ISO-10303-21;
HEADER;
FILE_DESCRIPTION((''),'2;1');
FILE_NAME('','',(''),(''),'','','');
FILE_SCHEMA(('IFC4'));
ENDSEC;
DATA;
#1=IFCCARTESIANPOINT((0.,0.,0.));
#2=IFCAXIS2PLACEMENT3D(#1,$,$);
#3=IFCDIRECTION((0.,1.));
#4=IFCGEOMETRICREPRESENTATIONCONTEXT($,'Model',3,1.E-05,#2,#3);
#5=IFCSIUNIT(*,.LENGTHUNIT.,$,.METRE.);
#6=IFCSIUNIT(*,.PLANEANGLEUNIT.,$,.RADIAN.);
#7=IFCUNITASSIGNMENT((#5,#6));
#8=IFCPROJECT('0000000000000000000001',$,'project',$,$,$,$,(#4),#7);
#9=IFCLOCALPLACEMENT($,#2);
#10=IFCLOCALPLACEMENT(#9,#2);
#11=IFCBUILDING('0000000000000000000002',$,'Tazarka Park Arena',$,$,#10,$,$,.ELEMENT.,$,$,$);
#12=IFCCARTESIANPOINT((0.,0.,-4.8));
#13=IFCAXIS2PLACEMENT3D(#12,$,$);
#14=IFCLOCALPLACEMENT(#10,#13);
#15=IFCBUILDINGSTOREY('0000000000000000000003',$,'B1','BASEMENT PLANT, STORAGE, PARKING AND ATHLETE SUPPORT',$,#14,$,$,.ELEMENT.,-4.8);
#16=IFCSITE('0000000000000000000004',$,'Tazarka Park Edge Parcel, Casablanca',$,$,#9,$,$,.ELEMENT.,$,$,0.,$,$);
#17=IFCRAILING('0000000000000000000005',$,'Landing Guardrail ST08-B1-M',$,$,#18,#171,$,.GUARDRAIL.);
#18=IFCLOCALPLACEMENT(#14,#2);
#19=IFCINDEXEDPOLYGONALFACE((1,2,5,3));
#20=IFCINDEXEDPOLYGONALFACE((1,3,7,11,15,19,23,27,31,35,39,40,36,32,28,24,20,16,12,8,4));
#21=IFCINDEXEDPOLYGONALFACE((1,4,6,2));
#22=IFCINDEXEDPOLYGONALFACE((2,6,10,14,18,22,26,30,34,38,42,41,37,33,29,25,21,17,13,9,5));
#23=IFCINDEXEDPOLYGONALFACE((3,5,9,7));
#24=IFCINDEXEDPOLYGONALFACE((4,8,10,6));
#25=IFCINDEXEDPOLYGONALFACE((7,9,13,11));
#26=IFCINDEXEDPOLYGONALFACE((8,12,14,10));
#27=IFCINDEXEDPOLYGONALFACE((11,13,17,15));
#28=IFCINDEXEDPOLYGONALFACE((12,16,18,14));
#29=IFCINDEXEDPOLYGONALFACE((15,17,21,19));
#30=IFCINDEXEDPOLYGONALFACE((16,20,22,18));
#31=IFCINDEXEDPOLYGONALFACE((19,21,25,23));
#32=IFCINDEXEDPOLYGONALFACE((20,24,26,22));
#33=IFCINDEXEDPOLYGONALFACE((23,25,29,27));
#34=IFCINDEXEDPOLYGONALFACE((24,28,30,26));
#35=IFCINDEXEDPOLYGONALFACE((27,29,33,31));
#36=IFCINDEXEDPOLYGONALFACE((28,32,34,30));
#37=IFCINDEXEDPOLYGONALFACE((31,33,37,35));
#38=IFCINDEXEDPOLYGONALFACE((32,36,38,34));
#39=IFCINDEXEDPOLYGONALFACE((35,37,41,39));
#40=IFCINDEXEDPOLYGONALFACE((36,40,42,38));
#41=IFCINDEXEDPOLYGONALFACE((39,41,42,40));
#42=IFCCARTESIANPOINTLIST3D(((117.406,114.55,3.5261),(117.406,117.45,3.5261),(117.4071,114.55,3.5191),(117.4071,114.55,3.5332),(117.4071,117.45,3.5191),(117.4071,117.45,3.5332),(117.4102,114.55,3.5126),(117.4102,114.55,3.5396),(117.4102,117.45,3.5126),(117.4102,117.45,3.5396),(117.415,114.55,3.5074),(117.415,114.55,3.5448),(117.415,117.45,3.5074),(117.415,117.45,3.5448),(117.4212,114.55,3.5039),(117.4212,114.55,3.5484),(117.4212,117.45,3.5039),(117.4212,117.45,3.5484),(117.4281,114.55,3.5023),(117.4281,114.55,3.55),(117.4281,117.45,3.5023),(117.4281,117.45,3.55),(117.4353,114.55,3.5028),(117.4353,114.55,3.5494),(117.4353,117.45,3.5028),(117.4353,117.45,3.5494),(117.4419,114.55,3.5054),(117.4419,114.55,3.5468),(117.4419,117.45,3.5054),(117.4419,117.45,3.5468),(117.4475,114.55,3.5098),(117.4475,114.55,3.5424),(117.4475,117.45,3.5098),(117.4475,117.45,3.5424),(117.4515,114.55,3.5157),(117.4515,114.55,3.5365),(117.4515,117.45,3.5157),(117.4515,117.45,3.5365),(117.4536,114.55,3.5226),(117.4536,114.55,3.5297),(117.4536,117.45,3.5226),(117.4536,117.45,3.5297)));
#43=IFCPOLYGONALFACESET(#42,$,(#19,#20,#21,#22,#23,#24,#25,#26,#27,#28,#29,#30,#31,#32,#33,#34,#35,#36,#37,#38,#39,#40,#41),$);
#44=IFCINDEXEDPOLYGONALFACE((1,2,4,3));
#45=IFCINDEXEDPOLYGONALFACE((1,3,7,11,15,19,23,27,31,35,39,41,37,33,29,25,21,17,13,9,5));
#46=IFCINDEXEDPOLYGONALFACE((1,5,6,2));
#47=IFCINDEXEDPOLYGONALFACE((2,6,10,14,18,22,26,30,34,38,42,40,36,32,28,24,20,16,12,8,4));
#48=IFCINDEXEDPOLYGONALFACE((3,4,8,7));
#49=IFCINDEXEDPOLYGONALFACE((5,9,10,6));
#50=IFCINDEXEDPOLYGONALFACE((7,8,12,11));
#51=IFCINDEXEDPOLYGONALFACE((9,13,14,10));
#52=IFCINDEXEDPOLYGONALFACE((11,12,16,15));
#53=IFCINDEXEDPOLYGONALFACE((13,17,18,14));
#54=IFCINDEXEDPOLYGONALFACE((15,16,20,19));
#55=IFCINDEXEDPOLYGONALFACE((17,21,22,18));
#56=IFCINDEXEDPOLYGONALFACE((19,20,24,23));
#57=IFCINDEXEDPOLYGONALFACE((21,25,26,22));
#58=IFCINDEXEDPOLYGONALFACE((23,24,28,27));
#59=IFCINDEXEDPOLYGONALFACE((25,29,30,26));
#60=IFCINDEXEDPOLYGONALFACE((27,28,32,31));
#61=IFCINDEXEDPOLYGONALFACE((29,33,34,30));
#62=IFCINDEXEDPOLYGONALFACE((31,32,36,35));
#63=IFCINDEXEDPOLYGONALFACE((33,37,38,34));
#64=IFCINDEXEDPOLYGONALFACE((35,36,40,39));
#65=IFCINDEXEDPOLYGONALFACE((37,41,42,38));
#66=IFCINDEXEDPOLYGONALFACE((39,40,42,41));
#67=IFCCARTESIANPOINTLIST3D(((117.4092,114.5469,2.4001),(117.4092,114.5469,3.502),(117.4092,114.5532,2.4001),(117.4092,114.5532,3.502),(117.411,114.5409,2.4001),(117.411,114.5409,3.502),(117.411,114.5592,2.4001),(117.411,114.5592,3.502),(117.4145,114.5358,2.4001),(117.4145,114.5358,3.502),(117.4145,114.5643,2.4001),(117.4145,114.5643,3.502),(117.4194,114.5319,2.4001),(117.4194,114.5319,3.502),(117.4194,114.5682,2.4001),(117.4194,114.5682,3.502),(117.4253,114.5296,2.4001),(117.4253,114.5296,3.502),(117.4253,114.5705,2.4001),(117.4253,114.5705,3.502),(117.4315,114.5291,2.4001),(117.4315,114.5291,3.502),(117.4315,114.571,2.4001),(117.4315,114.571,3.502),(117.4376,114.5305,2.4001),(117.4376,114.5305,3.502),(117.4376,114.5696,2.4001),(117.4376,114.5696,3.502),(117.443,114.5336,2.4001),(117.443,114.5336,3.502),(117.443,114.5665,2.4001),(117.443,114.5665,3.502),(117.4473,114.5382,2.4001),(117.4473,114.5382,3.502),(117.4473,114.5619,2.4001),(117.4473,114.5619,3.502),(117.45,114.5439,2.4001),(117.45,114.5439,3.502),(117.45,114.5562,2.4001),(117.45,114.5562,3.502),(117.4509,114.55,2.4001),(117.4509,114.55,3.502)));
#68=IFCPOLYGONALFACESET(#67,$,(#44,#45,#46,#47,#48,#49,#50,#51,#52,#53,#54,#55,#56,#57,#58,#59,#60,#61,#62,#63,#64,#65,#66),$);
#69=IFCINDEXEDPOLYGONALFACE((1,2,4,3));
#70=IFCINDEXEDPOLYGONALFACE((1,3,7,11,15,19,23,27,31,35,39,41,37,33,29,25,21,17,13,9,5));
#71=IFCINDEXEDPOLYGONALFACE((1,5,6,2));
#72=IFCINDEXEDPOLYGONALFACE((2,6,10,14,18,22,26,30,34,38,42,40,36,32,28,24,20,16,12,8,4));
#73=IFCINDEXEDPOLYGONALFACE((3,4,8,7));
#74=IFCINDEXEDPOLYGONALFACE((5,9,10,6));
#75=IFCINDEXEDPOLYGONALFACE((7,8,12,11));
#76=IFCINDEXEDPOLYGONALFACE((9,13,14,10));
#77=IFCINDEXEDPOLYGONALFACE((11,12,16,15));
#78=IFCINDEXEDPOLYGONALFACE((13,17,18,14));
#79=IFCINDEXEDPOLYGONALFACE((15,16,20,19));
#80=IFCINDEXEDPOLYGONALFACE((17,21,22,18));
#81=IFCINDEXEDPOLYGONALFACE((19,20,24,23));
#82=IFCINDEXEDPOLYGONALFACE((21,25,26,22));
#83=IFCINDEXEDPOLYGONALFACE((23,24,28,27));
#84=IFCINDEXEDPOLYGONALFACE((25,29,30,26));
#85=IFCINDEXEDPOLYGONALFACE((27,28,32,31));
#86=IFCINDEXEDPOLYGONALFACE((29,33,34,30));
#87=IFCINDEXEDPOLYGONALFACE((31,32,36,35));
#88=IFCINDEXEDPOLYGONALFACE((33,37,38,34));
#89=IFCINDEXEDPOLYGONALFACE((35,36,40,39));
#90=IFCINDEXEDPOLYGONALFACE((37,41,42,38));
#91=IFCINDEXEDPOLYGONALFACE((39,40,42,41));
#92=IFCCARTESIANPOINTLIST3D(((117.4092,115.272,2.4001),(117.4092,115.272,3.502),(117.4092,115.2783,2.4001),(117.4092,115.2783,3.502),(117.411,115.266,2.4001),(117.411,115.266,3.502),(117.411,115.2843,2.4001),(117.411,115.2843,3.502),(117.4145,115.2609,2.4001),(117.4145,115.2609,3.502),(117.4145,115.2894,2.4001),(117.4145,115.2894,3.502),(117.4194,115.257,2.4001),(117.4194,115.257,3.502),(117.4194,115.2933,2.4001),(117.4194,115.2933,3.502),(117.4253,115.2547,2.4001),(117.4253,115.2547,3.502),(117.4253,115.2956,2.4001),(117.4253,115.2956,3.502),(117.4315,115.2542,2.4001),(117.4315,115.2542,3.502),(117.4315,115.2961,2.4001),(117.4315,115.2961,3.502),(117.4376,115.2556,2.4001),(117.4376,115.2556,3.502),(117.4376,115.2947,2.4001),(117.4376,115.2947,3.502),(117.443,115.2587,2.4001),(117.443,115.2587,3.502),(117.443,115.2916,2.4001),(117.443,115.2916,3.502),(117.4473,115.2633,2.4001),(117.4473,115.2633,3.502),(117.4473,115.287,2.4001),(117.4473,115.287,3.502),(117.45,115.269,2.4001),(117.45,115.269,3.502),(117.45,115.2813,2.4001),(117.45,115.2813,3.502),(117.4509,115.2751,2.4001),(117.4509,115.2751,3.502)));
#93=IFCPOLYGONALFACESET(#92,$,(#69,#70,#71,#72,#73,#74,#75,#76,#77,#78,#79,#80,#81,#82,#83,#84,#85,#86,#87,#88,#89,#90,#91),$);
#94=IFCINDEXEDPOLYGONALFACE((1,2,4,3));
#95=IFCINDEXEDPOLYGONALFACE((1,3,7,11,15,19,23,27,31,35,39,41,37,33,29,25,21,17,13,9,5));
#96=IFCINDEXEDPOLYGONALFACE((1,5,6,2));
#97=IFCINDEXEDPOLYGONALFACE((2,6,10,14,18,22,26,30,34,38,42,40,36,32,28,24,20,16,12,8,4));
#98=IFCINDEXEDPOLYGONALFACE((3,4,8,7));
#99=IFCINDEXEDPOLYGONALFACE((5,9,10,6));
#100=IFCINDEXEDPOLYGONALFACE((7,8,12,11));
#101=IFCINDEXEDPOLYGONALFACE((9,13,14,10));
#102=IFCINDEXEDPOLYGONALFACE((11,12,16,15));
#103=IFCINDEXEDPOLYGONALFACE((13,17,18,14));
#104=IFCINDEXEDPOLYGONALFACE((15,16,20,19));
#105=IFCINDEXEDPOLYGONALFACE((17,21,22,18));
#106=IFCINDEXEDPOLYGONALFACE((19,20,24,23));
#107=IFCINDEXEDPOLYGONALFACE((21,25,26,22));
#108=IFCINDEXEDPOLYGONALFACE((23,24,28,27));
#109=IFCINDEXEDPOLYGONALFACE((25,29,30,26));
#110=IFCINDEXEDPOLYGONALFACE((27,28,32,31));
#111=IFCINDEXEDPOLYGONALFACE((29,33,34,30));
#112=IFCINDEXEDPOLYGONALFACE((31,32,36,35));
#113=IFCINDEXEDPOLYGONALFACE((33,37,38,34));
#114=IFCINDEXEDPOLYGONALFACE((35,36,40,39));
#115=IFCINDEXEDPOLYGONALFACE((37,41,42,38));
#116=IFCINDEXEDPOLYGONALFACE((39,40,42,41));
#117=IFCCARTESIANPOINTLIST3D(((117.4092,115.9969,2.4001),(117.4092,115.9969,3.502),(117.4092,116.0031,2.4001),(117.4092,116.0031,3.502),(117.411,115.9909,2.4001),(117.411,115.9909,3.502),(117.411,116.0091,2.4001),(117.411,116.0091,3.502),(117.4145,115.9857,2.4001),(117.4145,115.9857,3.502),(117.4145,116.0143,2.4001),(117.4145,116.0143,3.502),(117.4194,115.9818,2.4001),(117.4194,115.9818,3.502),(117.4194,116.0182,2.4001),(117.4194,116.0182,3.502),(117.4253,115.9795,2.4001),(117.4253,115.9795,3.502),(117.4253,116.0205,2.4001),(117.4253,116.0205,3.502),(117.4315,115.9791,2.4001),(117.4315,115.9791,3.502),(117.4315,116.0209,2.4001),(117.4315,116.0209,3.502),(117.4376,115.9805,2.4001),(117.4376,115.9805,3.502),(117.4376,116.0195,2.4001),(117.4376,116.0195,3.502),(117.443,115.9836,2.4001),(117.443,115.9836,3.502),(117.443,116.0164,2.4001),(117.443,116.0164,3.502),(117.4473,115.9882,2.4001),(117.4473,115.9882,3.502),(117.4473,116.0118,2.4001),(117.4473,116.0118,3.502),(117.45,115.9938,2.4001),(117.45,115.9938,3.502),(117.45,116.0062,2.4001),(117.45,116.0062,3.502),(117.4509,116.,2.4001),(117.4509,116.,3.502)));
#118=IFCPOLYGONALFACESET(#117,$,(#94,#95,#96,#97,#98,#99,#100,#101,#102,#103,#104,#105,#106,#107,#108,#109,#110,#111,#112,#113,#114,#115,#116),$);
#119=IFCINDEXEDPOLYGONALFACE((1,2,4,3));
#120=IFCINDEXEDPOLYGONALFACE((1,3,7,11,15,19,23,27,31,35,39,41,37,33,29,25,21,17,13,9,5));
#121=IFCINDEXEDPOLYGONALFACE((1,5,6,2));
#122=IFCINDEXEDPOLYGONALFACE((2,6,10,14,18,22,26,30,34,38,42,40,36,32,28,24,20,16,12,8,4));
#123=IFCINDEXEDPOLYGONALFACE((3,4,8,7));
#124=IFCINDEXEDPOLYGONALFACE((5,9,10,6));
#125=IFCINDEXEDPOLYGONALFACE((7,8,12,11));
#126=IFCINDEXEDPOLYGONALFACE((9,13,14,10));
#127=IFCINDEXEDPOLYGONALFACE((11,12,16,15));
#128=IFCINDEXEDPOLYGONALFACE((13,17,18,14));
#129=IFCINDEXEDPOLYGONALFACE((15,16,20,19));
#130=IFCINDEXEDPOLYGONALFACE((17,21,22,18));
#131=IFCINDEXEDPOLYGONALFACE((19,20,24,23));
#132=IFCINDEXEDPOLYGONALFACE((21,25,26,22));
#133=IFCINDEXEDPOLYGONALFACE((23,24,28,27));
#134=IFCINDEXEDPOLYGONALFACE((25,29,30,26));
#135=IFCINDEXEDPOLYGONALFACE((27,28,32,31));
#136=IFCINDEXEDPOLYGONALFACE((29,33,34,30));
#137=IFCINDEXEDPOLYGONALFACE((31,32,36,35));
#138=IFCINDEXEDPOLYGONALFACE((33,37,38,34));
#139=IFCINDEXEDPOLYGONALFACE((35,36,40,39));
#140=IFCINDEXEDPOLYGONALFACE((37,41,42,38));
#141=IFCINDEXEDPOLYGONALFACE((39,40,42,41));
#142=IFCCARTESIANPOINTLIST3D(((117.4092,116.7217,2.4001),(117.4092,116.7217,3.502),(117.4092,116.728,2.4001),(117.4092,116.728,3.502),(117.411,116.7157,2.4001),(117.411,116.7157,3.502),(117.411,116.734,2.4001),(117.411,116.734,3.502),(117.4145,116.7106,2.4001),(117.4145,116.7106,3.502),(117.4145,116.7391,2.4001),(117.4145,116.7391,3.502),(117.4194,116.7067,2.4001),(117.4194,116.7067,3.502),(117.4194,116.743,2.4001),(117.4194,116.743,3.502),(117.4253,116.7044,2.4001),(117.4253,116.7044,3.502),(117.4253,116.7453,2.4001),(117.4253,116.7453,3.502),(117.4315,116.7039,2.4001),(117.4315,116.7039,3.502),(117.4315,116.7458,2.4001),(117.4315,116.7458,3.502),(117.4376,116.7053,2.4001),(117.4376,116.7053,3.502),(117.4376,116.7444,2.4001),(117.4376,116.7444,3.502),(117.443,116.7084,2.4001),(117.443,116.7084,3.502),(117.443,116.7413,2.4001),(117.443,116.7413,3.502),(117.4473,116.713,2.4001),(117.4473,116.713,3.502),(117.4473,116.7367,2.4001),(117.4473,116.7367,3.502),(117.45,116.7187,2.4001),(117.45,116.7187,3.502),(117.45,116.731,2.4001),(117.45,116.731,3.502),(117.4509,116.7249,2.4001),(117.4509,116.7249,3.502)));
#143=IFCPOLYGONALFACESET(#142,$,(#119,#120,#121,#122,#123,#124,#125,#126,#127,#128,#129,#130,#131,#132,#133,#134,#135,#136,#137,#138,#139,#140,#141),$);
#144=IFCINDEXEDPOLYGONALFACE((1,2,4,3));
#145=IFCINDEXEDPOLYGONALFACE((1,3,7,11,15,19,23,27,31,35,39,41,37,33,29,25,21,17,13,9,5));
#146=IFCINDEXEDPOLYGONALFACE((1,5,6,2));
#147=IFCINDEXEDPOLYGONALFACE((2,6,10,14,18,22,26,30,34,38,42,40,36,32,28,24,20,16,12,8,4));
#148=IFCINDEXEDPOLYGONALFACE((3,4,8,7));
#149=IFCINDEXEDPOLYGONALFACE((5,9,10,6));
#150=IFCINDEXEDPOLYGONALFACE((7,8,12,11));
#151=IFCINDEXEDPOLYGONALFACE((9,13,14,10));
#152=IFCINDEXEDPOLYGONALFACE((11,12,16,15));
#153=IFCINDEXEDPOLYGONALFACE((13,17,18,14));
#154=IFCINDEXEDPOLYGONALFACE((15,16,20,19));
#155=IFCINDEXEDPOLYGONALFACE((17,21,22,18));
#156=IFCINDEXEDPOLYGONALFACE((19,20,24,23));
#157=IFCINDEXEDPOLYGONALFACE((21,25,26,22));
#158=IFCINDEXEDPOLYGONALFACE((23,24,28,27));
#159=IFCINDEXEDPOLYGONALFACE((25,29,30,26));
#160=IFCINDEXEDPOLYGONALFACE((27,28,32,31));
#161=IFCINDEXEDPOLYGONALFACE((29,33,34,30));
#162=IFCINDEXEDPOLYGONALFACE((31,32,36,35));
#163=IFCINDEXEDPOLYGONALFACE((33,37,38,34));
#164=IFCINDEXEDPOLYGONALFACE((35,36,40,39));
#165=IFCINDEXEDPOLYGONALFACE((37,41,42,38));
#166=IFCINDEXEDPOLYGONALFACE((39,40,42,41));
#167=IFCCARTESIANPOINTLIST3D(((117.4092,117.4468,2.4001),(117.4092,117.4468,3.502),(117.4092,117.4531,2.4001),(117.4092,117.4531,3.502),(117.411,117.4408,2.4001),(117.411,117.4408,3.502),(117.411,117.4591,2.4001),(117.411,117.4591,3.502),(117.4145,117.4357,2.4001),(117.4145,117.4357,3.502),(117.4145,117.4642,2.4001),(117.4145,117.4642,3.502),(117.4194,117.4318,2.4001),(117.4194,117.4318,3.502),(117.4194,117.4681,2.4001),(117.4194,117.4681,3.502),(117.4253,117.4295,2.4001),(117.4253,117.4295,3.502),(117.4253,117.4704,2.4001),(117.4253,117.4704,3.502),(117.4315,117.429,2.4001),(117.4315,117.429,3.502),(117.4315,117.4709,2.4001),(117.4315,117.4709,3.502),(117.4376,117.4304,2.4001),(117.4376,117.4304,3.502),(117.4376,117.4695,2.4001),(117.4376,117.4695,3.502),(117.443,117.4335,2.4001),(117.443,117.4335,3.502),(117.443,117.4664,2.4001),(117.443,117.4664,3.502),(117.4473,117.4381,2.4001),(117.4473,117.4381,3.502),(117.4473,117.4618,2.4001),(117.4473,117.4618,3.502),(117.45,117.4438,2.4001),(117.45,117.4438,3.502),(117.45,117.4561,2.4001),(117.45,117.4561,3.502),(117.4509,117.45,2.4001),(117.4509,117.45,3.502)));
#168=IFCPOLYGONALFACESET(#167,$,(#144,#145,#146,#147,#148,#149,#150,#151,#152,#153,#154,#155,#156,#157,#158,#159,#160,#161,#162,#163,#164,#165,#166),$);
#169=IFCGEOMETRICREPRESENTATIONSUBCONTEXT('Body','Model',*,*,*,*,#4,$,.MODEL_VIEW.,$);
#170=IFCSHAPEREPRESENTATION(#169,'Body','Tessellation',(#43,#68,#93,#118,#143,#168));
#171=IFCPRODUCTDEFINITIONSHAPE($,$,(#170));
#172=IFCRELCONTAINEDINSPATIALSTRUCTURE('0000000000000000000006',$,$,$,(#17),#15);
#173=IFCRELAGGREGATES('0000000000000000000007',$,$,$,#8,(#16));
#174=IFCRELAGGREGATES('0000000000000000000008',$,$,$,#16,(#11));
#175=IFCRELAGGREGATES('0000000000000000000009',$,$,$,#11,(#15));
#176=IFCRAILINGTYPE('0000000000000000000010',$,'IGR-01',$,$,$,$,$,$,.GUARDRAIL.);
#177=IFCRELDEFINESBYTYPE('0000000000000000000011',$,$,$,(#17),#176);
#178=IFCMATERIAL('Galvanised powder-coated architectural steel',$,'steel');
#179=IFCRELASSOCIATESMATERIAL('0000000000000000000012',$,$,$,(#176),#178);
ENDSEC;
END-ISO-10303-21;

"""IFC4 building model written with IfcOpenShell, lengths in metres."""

from ifc_helpers import new_model, si_unit, direction, frame, origin, origin_2d, place, context, subcontext, project, spatial, circle, extrude, material, type_object, element, save


model = new_model("IFC4")

# Units and contexts
model_context = context("Model", 3, precision=1e-05, world=origin(), true_north=direction((0.0, 1.0)))
body_context = subcontext(model_context, "Body", "Model", "MODEL_VIEW")
ifc_project = project(units=[si_unit("LENGTHUNIT", "METRE"), si_unit("PLANEANGLEUNIT", "RADIAN")], contexts=[model_context])

# Site, building, storey
site_placement = place(None, origin())
site = spatial("IfcSite", under=ifc_project, at=site_placement, Name="Tazarka Park Edge Parcel, Casablanca", CompositionType="ELEMENT", RefElevation=0.0)
building_placement = place(site_placement, origin())
building = spatial("IfcBuilding", under=site, at=building_placement, Name="Tazarka Park Arena", CompositionType="ELEMENT")
storey_placement = place(building_placement, frame((0.0, 0.0, -4.8)))
storey = spatial("IfcBuildingStorey", under=building, at=storey_placement, Name="B1", Description="BASEMENT PLANT, STORAGE, PARKING AND ATHLETE SUPPORT", CompositionType="ELEMENT", Elevation=-4.8)

# Railing
ifc_material_1 = material(Name="Galvanised powder-coated architectural steel", Category="steel")
railing_type_1 = type_object("IfcRailingType", Name="IGR-01", PredefinedType="GUARDRAIL", material=ifc_material_1)
railing_1_placement = place(storey_placement, frame((117.4299, 114.55, 2.4001)))
element("IfcRailing", 1, at=railing_1_placement, inside=storey, type_object=railing_type_1, Name="Landing Guardrail ST08-B1-M", PredefinedType="GUARDRAIL", context=body_context, shape_type="SweptSolid", body=[
    extrude(circle(Radius=0.0239, at=origin_2d()), frame((0.0, 0.0, 1.126), z_axis=(0.0, 1.0, 0.0), x_axis=(-1.0, 0.0, 0.0)), (0.0, 0.0, 1.0), 2.8999),
    extrude(circle(Radius=0.021, at=origin_2d()), origin(), (0.0, 0.0, 1.0), 1.1018),
    extrude(circle(Radius=0.021, at=origin_2d()), frame((0.0, 0.7251, 0.0)), (0.0, 0.0, 1.0), 1.1018),
    extrude(circle(Radius=0.021, at=origin_2d()), frame((0.0, 1.45, 0.0)), (0.0, 0.0, 1.0), 1.1018),
    extrude(circle(Radius=0.021, at=origin_2d()), frame((0.0, 2.1748, 0.0)), (0.0, 0.0, 1.0), 1.1018),
    extrude(circle(Radius=0.021, at=origin_2d()), frame((0.0, 2.8999, 0.0)), (0.0, 0.0, 1.0), 1.1018),
])

save(model, "model.ifc")
